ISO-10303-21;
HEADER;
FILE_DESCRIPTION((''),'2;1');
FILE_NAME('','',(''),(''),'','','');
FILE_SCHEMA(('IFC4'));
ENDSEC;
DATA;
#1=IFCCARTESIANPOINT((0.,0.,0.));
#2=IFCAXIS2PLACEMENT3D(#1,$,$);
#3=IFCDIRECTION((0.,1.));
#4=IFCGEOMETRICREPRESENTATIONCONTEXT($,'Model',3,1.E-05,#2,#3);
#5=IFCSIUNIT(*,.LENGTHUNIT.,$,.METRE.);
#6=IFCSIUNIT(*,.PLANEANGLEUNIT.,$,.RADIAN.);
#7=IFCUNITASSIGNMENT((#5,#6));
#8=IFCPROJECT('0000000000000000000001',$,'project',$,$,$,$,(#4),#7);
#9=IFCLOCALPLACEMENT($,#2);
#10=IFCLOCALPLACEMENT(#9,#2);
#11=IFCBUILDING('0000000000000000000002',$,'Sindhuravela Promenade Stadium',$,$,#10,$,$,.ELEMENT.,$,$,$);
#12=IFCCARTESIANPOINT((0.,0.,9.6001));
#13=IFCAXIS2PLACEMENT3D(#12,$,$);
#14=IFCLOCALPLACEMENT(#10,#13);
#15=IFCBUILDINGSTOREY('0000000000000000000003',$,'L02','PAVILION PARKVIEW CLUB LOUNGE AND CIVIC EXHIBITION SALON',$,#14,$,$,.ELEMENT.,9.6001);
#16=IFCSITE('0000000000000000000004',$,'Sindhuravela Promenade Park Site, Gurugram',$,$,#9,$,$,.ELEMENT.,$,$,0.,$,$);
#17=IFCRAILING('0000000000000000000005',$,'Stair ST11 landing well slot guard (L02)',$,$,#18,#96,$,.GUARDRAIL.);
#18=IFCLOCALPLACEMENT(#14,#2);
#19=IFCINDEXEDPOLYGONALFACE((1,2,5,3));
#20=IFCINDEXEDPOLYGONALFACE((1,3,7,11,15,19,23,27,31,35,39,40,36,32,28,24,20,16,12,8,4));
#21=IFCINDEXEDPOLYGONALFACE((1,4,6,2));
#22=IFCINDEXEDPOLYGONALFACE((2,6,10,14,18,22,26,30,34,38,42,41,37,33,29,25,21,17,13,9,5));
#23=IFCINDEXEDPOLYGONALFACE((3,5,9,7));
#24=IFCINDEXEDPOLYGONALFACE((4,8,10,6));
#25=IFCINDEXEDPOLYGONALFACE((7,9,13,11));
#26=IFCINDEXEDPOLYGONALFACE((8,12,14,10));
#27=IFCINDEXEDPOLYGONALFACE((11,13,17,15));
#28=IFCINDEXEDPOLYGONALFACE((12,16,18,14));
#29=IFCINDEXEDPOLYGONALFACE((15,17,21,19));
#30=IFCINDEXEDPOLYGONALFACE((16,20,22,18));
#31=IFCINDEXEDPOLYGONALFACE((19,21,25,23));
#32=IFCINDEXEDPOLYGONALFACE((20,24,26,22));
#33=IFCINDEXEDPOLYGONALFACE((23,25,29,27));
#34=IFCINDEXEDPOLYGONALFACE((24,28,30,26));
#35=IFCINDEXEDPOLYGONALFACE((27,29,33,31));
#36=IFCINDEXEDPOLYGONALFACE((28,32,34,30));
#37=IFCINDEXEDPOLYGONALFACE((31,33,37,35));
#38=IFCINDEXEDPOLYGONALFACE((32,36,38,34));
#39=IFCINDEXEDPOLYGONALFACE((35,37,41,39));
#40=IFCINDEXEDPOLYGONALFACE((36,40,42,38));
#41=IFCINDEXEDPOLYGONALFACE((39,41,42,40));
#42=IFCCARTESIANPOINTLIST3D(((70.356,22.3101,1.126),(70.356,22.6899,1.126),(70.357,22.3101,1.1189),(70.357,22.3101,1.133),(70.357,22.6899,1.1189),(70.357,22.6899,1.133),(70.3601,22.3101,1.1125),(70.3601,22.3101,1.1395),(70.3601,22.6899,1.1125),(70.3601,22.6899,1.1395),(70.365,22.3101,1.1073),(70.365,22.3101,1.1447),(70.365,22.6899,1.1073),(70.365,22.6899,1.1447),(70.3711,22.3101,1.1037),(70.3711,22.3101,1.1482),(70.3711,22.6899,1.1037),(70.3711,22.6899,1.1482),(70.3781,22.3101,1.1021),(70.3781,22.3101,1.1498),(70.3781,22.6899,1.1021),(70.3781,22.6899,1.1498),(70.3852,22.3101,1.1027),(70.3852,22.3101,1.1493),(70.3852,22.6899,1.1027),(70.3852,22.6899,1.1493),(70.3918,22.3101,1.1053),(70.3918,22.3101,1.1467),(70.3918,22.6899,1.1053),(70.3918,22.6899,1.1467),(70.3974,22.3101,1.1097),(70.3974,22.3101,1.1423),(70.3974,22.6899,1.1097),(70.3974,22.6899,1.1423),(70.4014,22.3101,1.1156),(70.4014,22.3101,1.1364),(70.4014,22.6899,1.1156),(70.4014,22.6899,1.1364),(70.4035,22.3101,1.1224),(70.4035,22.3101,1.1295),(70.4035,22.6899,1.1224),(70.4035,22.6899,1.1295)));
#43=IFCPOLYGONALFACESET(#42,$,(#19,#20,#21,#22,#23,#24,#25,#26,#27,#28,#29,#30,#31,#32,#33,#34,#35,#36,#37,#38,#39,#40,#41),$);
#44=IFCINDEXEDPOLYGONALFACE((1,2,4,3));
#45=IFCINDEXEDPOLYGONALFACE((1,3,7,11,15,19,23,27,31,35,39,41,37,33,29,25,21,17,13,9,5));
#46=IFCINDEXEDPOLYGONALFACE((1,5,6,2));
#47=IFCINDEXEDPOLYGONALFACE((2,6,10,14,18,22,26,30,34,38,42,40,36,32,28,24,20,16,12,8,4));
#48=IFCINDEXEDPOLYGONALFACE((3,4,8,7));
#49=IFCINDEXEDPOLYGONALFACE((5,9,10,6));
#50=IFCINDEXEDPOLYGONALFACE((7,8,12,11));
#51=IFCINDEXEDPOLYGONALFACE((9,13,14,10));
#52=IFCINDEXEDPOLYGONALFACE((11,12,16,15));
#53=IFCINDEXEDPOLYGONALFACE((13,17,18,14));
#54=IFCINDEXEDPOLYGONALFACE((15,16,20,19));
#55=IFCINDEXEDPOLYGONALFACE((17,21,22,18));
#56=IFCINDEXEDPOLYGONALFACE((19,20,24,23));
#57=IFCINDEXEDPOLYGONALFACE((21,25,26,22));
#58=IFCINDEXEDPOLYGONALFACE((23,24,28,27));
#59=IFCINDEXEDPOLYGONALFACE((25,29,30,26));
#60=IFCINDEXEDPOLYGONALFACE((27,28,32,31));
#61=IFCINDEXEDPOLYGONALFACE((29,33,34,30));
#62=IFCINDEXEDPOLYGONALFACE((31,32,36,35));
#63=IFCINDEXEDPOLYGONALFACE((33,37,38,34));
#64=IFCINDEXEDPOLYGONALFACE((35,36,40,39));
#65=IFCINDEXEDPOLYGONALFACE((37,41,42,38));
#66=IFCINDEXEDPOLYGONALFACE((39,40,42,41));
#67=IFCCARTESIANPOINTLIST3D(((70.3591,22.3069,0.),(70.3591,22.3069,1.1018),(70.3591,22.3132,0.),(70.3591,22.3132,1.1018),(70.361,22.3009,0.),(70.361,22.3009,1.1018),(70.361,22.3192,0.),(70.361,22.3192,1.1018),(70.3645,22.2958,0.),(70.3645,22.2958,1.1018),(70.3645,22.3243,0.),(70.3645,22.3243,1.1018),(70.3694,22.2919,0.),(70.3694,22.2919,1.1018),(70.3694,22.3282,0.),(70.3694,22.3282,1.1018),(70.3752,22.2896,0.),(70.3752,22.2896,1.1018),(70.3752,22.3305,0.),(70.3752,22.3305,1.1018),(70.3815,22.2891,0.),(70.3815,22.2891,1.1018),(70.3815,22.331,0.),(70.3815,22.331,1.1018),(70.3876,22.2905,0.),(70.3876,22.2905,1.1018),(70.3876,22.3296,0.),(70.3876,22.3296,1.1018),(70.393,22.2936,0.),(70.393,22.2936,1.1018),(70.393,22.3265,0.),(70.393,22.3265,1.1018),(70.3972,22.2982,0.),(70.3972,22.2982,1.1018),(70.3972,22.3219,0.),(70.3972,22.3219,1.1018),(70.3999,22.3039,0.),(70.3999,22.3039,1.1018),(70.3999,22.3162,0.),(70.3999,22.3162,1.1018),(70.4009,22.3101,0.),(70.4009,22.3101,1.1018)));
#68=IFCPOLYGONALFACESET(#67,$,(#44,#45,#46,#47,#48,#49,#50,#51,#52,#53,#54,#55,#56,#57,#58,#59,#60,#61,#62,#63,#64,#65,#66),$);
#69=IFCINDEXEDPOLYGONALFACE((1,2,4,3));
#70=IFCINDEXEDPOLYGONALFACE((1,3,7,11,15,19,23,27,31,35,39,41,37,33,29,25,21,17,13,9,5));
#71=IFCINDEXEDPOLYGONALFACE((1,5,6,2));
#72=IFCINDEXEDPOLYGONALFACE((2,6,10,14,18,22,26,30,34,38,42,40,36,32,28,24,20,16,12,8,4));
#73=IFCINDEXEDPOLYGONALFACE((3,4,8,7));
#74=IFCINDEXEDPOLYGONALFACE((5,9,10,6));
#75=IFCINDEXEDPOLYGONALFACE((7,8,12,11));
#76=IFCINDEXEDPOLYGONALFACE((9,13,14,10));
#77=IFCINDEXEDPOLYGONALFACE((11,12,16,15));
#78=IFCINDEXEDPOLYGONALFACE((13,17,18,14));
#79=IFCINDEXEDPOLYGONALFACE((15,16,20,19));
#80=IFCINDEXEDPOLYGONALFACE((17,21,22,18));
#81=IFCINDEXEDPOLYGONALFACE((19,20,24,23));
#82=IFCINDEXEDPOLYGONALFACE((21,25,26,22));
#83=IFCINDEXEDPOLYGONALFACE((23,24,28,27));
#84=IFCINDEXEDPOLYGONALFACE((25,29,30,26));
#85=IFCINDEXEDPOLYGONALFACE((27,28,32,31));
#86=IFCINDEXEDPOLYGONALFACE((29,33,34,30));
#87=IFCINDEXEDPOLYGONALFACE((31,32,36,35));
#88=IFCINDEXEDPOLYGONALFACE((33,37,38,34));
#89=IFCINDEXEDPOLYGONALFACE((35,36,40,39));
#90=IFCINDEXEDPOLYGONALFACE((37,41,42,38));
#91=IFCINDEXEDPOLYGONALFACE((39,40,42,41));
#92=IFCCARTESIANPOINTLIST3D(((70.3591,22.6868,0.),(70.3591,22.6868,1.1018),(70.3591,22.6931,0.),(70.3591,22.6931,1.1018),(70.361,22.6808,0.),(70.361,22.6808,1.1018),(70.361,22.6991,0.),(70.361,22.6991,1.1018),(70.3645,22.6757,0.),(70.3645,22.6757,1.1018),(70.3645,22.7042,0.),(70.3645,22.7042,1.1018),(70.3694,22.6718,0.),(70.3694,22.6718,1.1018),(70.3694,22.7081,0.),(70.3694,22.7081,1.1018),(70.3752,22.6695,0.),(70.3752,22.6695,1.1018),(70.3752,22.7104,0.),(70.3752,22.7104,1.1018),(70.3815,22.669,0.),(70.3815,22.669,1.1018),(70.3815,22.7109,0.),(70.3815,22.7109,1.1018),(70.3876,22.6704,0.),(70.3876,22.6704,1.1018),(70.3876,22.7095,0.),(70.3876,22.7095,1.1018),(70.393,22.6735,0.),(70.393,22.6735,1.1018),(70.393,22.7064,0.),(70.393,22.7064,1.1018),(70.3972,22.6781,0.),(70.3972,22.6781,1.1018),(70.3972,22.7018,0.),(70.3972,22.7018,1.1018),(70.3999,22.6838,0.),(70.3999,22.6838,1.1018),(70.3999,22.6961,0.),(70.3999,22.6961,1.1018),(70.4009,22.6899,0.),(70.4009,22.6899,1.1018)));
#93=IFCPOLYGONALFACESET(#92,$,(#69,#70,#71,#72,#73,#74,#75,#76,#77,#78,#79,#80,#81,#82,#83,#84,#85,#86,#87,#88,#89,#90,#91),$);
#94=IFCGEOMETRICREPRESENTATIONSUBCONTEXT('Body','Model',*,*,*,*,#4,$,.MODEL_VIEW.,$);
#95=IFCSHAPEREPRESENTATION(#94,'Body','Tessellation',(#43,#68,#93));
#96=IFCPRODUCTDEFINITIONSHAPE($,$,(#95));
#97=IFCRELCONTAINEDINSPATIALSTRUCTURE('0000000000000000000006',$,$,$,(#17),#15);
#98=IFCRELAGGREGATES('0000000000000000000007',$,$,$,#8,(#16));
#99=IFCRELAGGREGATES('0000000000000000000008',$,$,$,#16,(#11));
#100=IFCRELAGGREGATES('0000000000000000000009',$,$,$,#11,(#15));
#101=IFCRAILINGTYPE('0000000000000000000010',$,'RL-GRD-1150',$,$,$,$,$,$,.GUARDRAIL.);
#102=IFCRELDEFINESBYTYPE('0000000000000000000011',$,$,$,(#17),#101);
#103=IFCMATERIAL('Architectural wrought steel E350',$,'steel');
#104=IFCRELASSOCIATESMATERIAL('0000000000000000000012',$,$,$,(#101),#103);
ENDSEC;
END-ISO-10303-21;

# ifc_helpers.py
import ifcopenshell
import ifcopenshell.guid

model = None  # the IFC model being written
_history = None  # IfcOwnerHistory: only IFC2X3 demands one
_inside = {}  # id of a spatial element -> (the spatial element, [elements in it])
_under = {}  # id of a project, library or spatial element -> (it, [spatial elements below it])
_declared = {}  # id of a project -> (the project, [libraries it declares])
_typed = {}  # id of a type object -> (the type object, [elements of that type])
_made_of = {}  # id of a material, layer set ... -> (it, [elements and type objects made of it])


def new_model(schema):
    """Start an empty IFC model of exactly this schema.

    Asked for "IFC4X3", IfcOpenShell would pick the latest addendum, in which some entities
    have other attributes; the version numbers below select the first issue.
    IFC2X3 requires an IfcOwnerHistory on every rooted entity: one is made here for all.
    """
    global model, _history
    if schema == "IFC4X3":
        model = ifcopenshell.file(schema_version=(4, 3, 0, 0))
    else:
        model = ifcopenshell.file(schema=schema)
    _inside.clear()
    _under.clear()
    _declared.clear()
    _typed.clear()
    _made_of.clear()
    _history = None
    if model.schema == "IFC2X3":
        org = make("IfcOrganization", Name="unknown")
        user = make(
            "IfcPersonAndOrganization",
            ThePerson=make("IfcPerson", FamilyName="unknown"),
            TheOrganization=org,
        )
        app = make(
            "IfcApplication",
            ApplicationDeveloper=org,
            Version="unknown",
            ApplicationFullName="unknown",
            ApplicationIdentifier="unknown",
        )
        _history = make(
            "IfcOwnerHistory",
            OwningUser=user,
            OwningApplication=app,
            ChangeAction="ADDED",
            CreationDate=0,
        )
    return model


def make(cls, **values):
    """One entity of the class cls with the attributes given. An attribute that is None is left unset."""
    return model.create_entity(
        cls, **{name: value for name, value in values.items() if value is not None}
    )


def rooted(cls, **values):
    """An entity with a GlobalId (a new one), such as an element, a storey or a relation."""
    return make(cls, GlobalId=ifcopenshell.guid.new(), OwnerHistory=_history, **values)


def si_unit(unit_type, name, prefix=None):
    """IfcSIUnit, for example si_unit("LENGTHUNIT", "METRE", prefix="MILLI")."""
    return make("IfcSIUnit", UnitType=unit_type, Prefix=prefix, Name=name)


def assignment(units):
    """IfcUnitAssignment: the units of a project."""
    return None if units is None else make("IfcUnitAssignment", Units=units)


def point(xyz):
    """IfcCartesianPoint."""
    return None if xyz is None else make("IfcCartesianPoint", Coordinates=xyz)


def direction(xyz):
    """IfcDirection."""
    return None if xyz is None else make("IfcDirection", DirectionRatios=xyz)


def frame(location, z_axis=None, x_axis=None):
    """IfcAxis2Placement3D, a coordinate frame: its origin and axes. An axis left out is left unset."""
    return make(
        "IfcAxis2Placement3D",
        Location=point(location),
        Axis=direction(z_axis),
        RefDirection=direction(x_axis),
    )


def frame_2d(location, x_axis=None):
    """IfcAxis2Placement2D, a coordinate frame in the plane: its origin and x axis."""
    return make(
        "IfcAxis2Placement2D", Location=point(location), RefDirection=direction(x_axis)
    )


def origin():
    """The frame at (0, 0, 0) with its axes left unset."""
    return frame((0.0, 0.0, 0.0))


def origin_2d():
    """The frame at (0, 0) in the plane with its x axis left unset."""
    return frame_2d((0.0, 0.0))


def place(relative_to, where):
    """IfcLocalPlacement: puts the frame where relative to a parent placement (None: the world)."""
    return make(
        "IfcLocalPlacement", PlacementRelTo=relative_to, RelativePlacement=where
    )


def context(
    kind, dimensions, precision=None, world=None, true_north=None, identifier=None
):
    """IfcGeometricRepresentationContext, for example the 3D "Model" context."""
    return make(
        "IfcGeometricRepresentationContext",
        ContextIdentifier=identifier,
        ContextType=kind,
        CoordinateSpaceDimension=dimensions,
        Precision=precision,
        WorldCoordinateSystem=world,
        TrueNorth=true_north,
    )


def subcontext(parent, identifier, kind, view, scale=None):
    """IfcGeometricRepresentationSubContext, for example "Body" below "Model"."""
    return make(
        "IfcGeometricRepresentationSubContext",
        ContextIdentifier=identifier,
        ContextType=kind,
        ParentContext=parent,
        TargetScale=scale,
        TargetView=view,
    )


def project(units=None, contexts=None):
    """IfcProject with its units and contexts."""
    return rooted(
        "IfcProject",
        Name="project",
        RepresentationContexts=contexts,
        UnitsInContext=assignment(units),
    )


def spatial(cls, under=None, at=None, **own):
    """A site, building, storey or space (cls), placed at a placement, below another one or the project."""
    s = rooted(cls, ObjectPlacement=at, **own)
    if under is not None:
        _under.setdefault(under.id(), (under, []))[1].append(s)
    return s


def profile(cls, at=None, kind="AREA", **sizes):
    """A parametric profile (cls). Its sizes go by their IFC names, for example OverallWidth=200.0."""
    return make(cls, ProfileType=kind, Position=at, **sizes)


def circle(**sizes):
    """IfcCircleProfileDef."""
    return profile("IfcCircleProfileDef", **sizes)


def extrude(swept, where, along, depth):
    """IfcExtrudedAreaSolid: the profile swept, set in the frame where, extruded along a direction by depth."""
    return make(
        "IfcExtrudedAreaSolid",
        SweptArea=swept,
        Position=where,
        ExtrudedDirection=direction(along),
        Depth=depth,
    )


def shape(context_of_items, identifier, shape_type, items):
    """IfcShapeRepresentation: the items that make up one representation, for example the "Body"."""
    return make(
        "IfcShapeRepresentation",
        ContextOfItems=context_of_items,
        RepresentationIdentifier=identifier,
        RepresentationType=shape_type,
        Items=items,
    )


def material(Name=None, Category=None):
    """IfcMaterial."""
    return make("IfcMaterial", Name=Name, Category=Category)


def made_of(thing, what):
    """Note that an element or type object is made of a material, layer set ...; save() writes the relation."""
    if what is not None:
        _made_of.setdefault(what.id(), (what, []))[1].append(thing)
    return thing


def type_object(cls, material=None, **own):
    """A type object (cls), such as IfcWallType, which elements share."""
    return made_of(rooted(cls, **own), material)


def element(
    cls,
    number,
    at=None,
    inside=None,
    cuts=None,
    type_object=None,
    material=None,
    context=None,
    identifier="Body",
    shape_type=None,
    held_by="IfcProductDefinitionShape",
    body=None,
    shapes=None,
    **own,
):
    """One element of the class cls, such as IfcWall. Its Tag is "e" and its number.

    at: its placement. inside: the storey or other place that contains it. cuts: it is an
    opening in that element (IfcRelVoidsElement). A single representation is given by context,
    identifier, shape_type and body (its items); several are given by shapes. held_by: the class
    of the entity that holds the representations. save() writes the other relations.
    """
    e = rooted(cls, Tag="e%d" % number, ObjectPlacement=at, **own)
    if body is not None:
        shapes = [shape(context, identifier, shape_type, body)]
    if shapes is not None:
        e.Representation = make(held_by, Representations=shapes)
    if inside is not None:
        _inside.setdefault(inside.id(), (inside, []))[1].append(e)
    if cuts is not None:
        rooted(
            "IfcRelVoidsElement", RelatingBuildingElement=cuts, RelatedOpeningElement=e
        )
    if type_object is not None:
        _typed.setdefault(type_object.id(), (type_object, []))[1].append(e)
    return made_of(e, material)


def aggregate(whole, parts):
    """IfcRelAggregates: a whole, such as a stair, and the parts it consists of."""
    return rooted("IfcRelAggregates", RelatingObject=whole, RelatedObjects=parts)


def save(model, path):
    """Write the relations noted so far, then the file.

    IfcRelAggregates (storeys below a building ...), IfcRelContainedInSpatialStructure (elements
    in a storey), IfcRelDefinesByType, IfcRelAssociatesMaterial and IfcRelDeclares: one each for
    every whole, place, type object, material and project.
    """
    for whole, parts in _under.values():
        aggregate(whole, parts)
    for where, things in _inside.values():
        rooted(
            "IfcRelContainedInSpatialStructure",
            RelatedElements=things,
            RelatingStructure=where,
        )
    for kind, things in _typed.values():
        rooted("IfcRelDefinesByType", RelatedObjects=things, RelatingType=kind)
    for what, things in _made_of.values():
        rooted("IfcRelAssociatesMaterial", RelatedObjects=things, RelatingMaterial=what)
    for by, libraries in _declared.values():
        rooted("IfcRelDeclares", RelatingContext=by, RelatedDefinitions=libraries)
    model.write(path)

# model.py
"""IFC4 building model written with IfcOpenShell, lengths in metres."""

from ifc_helpers import new_model, si_unit, direction, frame, origin, origin_2d, place, context, subcontext, project, spatial, circle, extrude, material, type_object, element, save


model = new_model("IFC4")

# Units and contexts
model_context = context("Model", 3, precision=1e-05, world=origin(), true_north=direction((0.0, 1.0)))
body_context = subcontext(model_context, "Body", "Model", "MODEL_VIEW")
ifc_project = project(units=[si_unit("LENGTHUNIT", "METRE"), si_unit("PLANEANGLEUNIT", "RADIAN")], contexts=[model_context])

# Site, building, storey
site_placement = place(None, origin())
site = spatial("IfcSite", under=ifc_project, at=site_placement, Name="Sindhuravela Promenade Park Site, Gurugram", CompositionType="ELEMENT", RefElevation=0.0)
building_placement = place(site_placement, origin())
building = spatial("IfcBuilding", under=site, at=building_placement, Name="Sindhuravela Promenade Stadium", CompositionType="ELEMENT")
storey_placement = place(building_placement, frame((0.0, 0.0, 9.6001)))
storey = spatial("IfcBuildingStorey", under=building, at=storey_placement, Name="L02", Description="PAVILION PARKVIEW CLUB LOUNGE AND CIVIC EXHIBITION SALON", CompositionType="ELEMENT", Elevation=9.6001)

# Shared definitions
ifc_material_1 = material(Name="Architectural wrought steel E350", Category="steel")

# Railing
railing_type_1 = type_object("IfcRailingType", Name="RL-GRD-1150", PredefinedType="GUARDRAIL", material=ifc_material_1)
railing_1_placement = place(storey_placement, frame((70.3799, 22.3101, 0.0)))
element("IfcRailing", 1, at=railing_1_placement, inside=storey, type_object=railing_type_1, Name="Stair ST11 landing well slot guard (L02)", PredefinedType="GUARDRAIL", context=body_context, shape_type="SweptSolid", body=[
    extrude(circle(Radius=0.0239, at=origin_2d()), frame((0.0, 0.0, 1.126), z_axis=(0.0, 1.0, 0.0), x_axis=(-1.0, 0.0, 0.0)), (0.0, 0.0, 1.0), 0.3799),
    extrude(circle(Radius=0.021, at=origin_2d()), origin(), (0.0, 0.0, 1.0), 1.1018),
    extrude(circle(Radius=0.021, at=origin_2d()), frame((0.0, 0.3799, 0.0)), (0.0, 0.0, 1.0), 1.1018),
])

save(model, "model.ifc")
